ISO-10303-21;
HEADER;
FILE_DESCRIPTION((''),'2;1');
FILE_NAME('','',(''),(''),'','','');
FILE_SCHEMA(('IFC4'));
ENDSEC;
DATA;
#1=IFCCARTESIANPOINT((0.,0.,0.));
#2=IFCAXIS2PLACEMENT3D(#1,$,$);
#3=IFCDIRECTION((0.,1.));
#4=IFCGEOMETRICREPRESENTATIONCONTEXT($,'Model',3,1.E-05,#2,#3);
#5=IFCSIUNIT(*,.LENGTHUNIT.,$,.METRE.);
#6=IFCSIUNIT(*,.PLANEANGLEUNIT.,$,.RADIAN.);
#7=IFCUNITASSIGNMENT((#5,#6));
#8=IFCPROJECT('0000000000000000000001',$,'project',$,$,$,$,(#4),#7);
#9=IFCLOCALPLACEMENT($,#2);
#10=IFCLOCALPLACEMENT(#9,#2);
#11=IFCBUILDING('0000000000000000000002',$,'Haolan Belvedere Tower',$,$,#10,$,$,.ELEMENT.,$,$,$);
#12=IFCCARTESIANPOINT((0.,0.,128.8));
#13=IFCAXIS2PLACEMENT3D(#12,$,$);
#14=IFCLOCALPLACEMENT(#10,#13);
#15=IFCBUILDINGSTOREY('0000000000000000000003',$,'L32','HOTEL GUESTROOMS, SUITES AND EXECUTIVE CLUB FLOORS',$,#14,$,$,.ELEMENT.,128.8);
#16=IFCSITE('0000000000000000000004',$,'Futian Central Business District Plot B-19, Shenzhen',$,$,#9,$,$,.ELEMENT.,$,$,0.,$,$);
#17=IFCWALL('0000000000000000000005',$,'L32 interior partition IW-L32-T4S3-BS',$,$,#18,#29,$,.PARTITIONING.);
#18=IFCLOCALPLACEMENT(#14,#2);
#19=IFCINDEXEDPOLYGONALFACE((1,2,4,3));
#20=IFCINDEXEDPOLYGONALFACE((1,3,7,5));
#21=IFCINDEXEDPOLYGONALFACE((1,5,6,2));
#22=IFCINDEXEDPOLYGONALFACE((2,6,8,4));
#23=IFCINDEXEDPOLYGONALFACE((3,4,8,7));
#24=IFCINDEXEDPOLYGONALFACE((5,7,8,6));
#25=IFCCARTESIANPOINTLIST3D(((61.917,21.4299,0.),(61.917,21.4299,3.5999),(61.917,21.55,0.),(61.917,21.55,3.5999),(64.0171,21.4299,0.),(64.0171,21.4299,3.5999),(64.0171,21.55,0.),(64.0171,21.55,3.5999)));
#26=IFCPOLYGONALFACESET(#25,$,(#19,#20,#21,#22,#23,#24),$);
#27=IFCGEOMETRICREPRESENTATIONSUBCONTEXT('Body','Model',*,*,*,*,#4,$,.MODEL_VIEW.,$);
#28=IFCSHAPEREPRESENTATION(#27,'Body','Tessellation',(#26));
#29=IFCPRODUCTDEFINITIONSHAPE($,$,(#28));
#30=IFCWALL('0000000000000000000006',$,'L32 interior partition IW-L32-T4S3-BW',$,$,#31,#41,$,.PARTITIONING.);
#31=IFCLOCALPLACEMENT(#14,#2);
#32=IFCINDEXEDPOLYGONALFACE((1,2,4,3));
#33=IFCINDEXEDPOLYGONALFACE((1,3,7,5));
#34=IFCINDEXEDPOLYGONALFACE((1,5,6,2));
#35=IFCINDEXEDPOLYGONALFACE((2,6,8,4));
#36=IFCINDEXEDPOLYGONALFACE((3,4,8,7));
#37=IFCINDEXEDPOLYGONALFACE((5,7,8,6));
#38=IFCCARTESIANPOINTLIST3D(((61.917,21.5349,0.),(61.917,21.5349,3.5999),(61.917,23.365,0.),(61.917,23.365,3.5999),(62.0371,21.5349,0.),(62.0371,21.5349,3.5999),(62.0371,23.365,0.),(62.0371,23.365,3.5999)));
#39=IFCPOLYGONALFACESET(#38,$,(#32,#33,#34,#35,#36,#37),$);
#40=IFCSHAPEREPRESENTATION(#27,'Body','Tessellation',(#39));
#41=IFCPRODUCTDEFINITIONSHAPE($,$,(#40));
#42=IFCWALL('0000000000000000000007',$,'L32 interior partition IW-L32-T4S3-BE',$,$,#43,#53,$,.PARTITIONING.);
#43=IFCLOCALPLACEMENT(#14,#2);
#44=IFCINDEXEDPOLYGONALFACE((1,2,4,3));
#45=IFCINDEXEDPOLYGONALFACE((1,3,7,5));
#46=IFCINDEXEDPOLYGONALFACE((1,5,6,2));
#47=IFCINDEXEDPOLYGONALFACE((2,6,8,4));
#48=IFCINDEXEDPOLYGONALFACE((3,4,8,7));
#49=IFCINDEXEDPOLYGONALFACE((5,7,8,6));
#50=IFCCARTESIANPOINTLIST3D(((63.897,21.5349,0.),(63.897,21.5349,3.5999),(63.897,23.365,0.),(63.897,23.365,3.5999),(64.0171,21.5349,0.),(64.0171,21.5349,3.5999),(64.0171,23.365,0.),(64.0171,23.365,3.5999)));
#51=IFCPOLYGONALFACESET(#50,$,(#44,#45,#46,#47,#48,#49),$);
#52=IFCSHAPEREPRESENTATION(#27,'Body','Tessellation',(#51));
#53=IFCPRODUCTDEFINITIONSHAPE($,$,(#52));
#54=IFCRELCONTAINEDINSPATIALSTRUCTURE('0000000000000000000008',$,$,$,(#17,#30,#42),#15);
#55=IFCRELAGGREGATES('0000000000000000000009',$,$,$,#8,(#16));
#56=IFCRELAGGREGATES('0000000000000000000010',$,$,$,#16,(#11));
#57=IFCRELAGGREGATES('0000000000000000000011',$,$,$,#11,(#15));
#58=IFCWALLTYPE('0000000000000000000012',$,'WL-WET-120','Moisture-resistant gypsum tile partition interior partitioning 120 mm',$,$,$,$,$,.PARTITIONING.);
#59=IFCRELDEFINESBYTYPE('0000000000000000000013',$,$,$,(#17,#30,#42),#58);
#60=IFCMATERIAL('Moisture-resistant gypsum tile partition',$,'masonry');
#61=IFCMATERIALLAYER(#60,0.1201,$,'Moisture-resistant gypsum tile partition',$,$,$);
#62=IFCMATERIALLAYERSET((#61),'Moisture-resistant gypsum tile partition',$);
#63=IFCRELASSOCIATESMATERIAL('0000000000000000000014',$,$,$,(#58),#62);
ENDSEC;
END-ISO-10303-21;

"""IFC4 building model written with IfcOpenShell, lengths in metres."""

from ifc_helpers import new_model, si_unit, direction, frame, frame_2d, origin, place, context, subcontext, project, spatial, rectangle, extrude, material, layer, layer_set, type_object, element, save


model = new_model("IFC4")

# Units and contexts
model_context = context("Model", 3, precision=1e-05, world=origin(), true_north=direction((0.0, 1.0)))
body_context = subcontext(model_context, "Body", "Model", "MODEL_VIEW")
ifc_project = project(units=[si_unit("LENGTHUNIT", "METRE"), si_unit("PLANEANGLEUNIT", "RADIAN")], contexts=[model_context])

# Site, building, storey
site_placement = place(None, origin())
site = spatial("IfcSite", under=ifc_project, at=site_placement, Name="Futian Central Business District Plot B-19, Shenzhen", CompositionType="ELEMENT", RefElevation=0.0)
building_placement = place(site_placement, origin())
building = spatial("IfcBuilding", under=site, at=building_placement, Name="Haolan Belvedere Tower", CompositionType="ELEMENT")
storey_placement = place(building_placement, frame((0.0, 0.0, 128.8)))
storey = spatial("IfcBuildingStorey", under=building, at=storey_placement, Name="L32", Description="HOTEL GUESTROOMS, SUITES AND EXECUTIVE CLUB FLOORS", CompositionType="ELEMENT", Elevation=128.8)

# Shared definitions
ifc_material_1 = material(Name="Moisture-resistant gypsum tile partition", Category="masonry")
ifc_layer_1 = layer(ifc_material_1, 0.1201, Name="Moisture-resistant gypsum tile partition")
ifc_layer_set_1 = layer_set([ifc_layer_1], Name="Moisture-resistant gypsum tile partition")
wall_type_1 = type_object("IfcWallType", Name="WL-WET-120", Description="Moisture-resistant gypsum tile partition interior partitioning 120 mm", PredefinedType="PARTITIONING", material=ifc_layer_set_1)

# Walls
wall_1_placement = place(storey_placement, frame((61.917, 21.49, 0.0), z_axis=(0.0, 0.0, 1.0), x_axis=(1.0, 0.0, 0.0)))
element("IfcWall", 1, at=wall_1_placement, inside=storey, type_object=wall_type_1, Name="L32 interior partition IW-L32-T4S3-BS", PredefinedType="PARTITIONING", context=body_context, shape_type="SweptSolid", body=[
    extrude(rectangle(XDim=2.1001, YDim=0.1201, at=frame_2d((1.05, 0.0))), origin(), (0.0, 0.0, 1.0), 3.5999),
])
for number, where, z_axis, x_axis, name in (
    (2, (61.9771, 21.5349, 0.0), (0.0, 0.0, 1.0), (0.0, 1.0, 0.0), "L32 interior partition IW-L32-T4S3-BW"),
    (3, (63.957, 21.5349, 0.0), (0.0, 0.0, 1.0), (0.0, 1.0, 0.0), "L32 interior partition IW-L32-T4S3-BE"),
):
    element("IfcWall", number, at=place(storey_placement, frame(where, z_axis=z_axis, x_axis=x_axis)), inside=storey, type_object=wall_type_1, Name=name, PredefinedType="PARTITIONING", context=body_context, shape_type="SweptSolid", body=[
        extrude(rectangle(XDim=1.8301, YDim=0.1201, at=frame_2d((0.915, 0.0))), origin(), (0.0, 0.0, 1.0), 3.5999),
    ])

save(model, "model.ifc")
